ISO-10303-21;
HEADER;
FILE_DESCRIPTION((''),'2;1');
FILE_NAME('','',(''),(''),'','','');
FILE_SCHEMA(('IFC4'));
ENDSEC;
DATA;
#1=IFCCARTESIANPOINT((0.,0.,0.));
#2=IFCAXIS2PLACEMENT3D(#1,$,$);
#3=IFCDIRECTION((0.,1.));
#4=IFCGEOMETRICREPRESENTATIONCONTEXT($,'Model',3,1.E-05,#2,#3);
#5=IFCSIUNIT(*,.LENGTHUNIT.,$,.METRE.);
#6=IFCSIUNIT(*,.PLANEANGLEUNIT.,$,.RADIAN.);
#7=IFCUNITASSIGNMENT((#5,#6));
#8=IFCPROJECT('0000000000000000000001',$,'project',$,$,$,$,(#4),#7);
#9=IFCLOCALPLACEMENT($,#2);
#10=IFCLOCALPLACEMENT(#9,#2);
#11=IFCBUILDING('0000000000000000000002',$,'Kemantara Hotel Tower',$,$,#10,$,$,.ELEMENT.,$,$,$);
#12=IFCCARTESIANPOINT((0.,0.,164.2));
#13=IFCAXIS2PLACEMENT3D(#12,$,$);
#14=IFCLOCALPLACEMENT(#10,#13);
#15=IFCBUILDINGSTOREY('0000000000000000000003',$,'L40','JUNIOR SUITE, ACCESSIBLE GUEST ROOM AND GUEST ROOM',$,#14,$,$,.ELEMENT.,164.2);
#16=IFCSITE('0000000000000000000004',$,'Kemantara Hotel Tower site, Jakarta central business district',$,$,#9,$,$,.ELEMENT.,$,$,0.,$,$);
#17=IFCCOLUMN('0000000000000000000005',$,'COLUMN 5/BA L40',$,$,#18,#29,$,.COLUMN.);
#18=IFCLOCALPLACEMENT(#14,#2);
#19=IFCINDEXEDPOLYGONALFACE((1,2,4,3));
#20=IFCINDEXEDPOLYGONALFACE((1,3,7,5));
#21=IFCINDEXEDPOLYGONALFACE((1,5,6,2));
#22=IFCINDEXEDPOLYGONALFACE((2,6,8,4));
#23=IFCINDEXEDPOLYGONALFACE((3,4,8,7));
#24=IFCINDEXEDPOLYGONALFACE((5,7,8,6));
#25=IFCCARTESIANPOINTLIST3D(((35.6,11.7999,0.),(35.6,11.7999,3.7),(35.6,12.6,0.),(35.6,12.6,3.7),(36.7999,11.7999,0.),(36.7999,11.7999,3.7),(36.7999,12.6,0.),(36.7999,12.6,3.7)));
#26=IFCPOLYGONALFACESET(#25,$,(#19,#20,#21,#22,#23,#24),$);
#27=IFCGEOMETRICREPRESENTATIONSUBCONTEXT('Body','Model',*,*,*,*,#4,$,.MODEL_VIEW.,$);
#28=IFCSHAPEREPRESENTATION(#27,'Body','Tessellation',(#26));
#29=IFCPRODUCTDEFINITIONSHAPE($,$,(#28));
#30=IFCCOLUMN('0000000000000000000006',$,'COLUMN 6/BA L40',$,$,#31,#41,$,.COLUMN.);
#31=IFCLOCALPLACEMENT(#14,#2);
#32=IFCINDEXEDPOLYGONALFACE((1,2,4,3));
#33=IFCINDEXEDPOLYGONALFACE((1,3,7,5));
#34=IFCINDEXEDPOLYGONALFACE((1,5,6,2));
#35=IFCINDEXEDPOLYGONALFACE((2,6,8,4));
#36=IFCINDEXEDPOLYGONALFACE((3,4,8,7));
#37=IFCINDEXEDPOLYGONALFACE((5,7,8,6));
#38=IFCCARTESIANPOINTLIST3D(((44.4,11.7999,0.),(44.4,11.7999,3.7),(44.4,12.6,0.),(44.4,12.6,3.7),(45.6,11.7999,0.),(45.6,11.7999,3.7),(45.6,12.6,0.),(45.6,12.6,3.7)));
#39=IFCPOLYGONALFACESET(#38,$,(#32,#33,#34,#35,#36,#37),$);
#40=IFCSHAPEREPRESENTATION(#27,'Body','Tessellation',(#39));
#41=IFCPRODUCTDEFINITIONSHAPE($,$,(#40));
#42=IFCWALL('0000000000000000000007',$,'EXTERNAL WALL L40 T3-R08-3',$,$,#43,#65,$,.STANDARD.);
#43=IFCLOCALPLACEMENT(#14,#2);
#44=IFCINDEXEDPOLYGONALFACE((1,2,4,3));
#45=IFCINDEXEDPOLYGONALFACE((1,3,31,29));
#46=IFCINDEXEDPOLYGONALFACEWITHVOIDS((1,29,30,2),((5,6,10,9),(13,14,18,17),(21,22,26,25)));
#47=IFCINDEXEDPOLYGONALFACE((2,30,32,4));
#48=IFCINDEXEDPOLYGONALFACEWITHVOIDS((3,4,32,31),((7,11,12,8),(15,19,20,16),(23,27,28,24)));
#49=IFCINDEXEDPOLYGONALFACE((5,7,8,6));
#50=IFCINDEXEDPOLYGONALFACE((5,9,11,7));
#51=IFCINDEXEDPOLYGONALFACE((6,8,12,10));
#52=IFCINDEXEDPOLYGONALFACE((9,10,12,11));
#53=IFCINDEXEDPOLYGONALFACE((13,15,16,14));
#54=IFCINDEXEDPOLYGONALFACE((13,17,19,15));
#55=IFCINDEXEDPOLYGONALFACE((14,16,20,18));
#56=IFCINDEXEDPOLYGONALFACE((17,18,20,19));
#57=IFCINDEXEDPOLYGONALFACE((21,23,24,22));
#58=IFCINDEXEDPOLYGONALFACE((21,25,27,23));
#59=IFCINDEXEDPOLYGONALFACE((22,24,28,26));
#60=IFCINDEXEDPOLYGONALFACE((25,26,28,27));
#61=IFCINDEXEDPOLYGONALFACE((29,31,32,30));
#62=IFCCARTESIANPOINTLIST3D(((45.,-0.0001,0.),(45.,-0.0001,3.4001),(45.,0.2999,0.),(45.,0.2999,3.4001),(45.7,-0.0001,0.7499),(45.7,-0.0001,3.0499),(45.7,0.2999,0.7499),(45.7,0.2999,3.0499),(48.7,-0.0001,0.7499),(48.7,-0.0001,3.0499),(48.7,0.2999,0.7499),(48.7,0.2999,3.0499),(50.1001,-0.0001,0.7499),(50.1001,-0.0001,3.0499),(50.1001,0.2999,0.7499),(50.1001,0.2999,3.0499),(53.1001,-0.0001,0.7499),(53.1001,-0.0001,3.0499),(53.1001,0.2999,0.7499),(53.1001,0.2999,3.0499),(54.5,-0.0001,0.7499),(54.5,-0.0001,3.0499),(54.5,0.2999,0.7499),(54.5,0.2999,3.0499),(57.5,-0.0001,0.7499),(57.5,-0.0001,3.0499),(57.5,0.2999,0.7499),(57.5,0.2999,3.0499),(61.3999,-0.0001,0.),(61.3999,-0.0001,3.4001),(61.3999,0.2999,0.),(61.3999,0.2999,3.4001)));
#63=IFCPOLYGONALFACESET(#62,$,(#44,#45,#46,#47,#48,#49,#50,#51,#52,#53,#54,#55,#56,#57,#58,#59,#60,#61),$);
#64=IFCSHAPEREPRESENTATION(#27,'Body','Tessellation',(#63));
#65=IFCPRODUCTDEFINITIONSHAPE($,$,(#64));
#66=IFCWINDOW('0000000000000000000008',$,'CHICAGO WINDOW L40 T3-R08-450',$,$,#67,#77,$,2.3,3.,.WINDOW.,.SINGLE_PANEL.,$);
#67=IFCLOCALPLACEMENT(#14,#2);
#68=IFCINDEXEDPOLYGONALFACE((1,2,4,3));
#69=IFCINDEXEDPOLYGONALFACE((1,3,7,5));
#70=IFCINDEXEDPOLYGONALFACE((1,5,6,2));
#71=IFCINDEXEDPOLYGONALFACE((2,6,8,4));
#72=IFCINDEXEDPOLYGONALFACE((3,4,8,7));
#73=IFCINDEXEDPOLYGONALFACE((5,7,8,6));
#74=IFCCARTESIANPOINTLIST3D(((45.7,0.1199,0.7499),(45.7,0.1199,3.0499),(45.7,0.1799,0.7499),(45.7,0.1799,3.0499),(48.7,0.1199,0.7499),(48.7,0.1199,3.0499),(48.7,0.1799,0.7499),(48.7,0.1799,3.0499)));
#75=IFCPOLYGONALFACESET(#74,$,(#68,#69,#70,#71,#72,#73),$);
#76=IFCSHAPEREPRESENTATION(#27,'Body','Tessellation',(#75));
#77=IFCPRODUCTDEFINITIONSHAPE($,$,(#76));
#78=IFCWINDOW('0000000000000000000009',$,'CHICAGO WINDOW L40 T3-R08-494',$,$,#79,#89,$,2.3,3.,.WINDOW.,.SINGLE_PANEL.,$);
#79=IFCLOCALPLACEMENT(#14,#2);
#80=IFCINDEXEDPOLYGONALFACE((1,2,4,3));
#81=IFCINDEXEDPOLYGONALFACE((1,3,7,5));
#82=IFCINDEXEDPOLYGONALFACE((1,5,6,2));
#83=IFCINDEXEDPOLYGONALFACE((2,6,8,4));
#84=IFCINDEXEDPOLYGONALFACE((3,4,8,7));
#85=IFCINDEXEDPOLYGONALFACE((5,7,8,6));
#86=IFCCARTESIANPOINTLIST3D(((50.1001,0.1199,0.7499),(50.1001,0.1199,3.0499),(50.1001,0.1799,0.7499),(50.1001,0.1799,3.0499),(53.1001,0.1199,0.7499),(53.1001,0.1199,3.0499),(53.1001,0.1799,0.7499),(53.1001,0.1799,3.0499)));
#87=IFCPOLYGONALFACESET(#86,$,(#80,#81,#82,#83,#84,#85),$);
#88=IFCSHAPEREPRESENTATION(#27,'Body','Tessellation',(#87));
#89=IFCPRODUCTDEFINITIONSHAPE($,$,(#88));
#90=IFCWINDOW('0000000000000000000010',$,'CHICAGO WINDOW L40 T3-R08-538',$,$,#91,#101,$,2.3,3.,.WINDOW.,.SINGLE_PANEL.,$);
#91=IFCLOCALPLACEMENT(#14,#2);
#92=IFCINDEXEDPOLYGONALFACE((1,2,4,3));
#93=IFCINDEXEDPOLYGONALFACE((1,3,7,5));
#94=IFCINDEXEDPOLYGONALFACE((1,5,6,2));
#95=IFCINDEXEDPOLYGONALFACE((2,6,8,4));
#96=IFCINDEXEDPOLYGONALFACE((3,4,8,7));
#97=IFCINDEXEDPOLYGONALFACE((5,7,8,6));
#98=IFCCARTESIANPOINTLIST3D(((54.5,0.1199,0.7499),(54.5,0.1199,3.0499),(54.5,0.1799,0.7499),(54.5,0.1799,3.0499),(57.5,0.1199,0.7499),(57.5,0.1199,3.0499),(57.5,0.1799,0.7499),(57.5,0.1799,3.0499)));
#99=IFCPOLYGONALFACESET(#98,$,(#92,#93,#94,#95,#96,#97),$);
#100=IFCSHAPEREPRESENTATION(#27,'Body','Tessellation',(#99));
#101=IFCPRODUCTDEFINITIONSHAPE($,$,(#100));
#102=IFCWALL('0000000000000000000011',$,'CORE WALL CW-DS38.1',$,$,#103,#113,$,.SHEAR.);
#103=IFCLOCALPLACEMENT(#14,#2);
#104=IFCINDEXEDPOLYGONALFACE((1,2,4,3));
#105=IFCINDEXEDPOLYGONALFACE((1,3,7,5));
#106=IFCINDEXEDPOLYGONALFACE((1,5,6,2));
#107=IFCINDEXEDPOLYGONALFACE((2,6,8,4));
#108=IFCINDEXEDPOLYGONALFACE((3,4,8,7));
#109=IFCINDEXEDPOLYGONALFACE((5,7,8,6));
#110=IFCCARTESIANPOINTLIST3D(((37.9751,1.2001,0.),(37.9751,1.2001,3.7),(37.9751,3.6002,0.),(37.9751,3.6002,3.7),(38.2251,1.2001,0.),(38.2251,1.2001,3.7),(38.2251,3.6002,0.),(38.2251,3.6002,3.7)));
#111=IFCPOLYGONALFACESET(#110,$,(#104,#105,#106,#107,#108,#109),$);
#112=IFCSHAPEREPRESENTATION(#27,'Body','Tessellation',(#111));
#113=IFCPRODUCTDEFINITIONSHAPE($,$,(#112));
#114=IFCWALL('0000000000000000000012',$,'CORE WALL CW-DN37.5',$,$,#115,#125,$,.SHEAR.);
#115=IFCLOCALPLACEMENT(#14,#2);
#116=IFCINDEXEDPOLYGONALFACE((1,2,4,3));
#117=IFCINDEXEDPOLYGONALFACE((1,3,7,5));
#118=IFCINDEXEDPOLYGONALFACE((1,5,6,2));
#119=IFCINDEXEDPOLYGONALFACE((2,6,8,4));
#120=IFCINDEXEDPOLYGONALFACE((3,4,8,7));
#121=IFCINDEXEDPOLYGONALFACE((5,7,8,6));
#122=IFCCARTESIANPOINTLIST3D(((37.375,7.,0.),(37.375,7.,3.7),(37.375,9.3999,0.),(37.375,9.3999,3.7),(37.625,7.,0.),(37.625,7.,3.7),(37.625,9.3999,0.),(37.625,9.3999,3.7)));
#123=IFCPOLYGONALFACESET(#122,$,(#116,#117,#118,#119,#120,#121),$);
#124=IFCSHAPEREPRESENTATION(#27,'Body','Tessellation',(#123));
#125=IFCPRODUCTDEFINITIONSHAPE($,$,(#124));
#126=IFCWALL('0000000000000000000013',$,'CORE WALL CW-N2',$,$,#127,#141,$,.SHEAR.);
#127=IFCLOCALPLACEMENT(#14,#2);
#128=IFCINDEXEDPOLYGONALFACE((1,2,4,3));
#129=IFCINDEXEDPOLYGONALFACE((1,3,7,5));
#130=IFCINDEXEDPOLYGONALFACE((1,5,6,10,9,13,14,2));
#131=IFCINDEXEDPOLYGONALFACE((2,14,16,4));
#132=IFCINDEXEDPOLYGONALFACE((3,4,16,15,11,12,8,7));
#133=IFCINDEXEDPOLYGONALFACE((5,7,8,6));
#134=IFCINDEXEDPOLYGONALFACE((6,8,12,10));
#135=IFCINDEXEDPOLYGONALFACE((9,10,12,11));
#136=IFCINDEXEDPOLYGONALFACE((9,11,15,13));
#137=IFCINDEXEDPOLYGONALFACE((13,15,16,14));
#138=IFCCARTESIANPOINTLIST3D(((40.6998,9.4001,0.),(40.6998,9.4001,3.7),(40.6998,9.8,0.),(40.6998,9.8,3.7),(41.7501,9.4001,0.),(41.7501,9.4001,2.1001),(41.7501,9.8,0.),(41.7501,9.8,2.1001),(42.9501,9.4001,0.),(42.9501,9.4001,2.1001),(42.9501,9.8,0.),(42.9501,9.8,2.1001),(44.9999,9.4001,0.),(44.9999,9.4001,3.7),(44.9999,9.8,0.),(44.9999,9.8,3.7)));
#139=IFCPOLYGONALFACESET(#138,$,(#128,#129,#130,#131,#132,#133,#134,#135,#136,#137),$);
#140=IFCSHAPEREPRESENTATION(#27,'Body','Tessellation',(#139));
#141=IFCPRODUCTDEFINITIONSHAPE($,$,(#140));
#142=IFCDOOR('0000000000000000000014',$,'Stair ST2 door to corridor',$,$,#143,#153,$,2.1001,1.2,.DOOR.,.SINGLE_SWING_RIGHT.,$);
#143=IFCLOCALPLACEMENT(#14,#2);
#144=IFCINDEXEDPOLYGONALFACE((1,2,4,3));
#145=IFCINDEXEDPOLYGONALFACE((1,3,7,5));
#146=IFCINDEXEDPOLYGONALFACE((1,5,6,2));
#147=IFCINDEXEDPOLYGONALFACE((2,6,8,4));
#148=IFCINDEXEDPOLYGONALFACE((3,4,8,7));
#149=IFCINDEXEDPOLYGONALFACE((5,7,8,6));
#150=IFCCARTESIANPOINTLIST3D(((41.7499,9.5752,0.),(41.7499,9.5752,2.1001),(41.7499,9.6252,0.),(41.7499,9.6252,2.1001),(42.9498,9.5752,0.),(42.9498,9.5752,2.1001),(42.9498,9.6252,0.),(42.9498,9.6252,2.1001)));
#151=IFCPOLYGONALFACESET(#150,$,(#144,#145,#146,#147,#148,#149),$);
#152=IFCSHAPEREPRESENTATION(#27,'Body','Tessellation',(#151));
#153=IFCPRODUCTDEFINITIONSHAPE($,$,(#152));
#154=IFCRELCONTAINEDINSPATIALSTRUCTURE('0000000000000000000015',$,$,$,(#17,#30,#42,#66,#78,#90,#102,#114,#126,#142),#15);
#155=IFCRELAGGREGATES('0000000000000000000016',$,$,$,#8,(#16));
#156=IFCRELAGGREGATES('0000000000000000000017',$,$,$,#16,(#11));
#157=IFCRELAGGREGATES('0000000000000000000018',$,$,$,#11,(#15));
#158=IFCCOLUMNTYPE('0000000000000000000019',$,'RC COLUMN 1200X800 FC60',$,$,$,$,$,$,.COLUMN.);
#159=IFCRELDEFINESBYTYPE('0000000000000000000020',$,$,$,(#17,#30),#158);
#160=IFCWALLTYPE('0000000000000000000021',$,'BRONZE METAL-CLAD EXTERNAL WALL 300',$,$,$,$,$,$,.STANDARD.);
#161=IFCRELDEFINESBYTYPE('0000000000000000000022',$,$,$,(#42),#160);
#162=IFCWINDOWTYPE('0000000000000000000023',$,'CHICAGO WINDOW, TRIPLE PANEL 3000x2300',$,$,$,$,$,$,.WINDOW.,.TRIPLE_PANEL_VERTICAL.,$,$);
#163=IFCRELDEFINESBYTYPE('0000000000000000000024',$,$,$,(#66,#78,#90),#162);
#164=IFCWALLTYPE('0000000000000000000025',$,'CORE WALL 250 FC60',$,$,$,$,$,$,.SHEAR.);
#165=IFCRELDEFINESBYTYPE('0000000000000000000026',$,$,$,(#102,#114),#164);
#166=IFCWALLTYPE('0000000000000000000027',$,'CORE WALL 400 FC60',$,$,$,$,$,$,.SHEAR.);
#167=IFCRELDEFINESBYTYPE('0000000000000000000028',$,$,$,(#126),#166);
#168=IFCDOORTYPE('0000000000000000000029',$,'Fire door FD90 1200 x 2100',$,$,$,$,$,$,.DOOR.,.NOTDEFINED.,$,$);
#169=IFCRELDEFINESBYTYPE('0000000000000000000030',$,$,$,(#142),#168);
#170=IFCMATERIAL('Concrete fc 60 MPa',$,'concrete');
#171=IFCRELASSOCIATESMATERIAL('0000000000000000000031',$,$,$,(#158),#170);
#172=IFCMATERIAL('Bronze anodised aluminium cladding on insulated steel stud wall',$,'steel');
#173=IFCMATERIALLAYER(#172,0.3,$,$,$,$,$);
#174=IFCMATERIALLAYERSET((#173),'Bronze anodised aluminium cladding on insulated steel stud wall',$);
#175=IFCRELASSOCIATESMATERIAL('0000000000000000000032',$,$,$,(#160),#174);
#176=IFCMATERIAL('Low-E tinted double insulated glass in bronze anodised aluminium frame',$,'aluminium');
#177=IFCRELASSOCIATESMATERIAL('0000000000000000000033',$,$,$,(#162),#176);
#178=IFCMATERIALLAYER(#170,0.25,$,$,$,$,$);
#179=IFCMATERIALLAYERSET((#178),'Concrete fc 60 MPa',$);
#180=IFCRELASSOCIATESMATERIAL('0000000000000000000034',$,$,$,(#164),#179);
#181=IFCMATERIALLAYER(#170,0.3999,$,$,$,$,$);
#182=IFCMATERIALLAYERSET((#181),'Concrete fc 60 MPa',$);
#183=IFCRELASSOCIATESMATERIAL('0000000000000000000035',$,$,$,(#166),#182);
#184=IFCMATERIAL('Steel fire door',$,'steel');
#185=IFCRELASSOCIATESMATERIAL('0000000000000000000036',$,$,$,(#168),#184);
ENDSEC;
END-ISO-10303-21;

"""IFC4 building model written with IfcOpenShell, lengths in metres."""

from ifc_helpers import new_model, si_unit, direction, frame, frame_2d, origin, origin_2d, place, context, subcontext, project, spatial, rectangle, extrude, material, layer, layer_set, material_profile, profile_set, type_object, element, fill, save


model = new_model("IFC4")

# Units and contexts
model_context = context("Model", 3, precision=1e-05, world=origin(), true_north=direction((0.0, 1.0)))
body_context = subcontext(model_context, "Body", "Model", "MODEL_VIEW")
ifc_project = project(units=[si_unit("LENGTHUNIT", "METRE"), si_unit("PLANEANGLEUNIT", "RADIAN")], contexts=[model_context])

# Site, building, storey
site_placement = place(None, origin())
site = spatial("IfcSite", under=ifc_project, at=site_placement, Name="Kemantara Hotel Tower site, Jakarta central business district", CompositionType="ELEMENT", RefElevation=0.0)
building_placement = place(site_placement, origin())
building = spatial("IfcBuilding", under=site, at=building_placement, Name="Kemantara Hotel Tower", CompositionType="ELEMENT")
storey_placement = place(building_placement, frame((0.0, 0.0, 164.2)))
storey = spatial("IfcBuildingStorey", under=building, at=storey_placement, Name="L40", Description="JUNIOR SUITE, ACCESSIBLE GUEST ROOM AND GUEST ROOM", CompositionType="ELEMENT", Elevation=164.2)

# Columns
ifc_material_1 = material(Name="Concrete fc 60 MPa", Category="concrete")
ifc_material_profile = material_profile(ifc_material_1, rectangle(XDim=1.2, YDim=0.8, at=origin_2d()), Name="RC 1200X800")
ifc_profile_set = profile_set([ifc_material_profile], Name="Concrete fc 60 MPa")
column_type = type_object("IfcColumnType", Name="RC COLUMN 1200X800 FC60", PredefinedType="COLUMN", material=ifc_profile_set)
for number, where, z_axis, x_axis, name in (
    (1, (36.2, 12.2, 0.0), (0.0, 0.0, 1.0), (1.0, 0.0, 0.0), "COLUMN 5/BA L40"),
    (2, (45.0, 12.2, 0.0), (0.0, 0.0, 1.0), (1.0, 0.0, 0.0), "COLUMN 6/BA L40"),
):
    element("IfcColumn", number, at=place(storey_placement, frame(where, z_axis=z_axis, x_axis=x_axis)), inside=storey, type_object=column_type, Name=name, PredefinedType="COLUMN", context=body_context, shape_type="SweptSolid", body=[
        extrude(rectangle(XDim=1.2, YDim=0.8, at=origin_2d()), origin(), (0.0, 0.0, 1.0), 3.7),
    ])

# Wall, openings, windows
ifc_material_2 = material(Name="Bronze anodised aluminium cladding on insulated steel stud wall", Category="steel")
ifc_layer_1 = layer(ifc_material_2, 0.3)
ifc_layer_set_1 = layer_set([ifc_layer_1], Name="Bronze anodised aluminium cladding on insulated steel stud wall")
wall_type_1 = type_object("IfcWallType", Name="BRONZE METAL-CLAD EXTERNAL WALL 300", PredefinedType="STANDARD", material=ifc_layer_set_1)
wall_1_placement = place(storey_placement, frame((45.0, 0.1499, 0.0), z_axis=(0.0, 0.0, 1.0), x_axis=(1.0, 0.0, 0.0)))
wall_1 = element("IfcWall", 3, at=wall_1_placement, inside=storey, type_object=wall_type_1, Name="EXTERNAL WALL L40 T3-R08-3", PredefinedType="STANDARD", context=body_context, shape_type="SweptSolid", body=[
    extrude(rectangle(XDim=16.3999, YDim=0.3, at=frame_2d((8.2, 0.0))), origin(), (0.0, 0.0, 1.0), 3.4001),
])
opening_1_placement = place(wall_1_placement, frame((0.7, 0.0, 0.75)))
opening_1 = element("IfcOpeningElement", 4, at=opening_1_placement, cuts=wall_1, PredefinedType="OPENING", context=body_context, shape_type="SweptSolid", body=[
    extrude(rectangle(XDim=3.0, YDim=2.3, at=frame_2d((1.5, 1.1499))), frame((0.0, 0.1599, 0.0), z_axis=(0.0, -1.0, 0.0), x_axis=(1.0, 0.0, 0.0)), (0.0, 0.0, 1.0), 0.3201),
])
opening_2_placement = place(wall_1_placement, frame((5.1001, 0.0, 0.75)))
opening_2 = element("IfcOpeningElement", 5, at=opening_2_placement, cuts=wall_1, PredefinedType="OPENING", context=body_context, shape_type="SweptSolid", body=[
    extrude(rectangle(XDim=3.0, YDim=2.3, at=frame_2d((1.5, 1.1499))), frame((0.0, 0.1599, 0.0), z_axis=(0.0, -1.0, 0.0), x_axis=(1.0, 0.0, 0.0)), (0.0, 0.0, 1.0), 0.3201),
])
opening_3_placement = place(wall_1_placement, frame((9.5, 0.0, 0.75)))
opening_3 = element("IfcOpeningElement", 6, at=opening_3_placement, cuts=wall_1, PredefinedType="OPENING", context=body_context, shape_type="SweptSolid", body=[
    extrude(rectangle(XDim=3.0, YDim=2.3, at=frame_2d((1.5, 1.1499))), frame((0.0, 0.1599, 0.0), z_axis=(0.0, -1.0, 0.0), x_axis=(1.0, 0.0, 0.0)), (0.0, 0.0, 1.0), 0.3201),
])
ifc_material_3 = material(Name="Low-E tinted double insulated glass in bronze anodised aluminium frame", Category="aluminium")
window_type = type_object("IfcWindowType", Name="CHICAGO WINDOW, TRIPLE PANEL 3000x2300", PartitioningType="TRIPLE_PANEL_VERTICAL", PredefinedType="WINDOW", material=ifc_material_3)
window_1_placement = place(opening_1_placement, origin())
window_1 = element("IfcWindow", 7, at=window_1_placement, inside=storey, type_object=window_type, Name="CHICAGO WINDOW L40 T3-R08-450", OverallHeight=2.3, OverallWidth=3.0, PartitioningType="SINGLE_PANEL", PredefinedType="WINDOW", context=body_context, shape_type="SweptSolid", body=[
    extrude(rectangle(XDim=3.0, YDim=2.3, at=frame_2d((1.5, 1.1499))), frame((0.0, 0.03, 0.0), z_axis=(0.0, -1.0, 0.0), x_axis=(1.0, 0.0, 0.0)), (0.0, 0.0, 1.0), 0.0601),
])
fill(opening_1, window_1)
window_2_placement = place(opening_2_placement, origin())
window_2 = element("IfcWindow", 8, at=window_2_placement, inside=storey, type_object=window_type, Name="CHICAGO WINDOW L40 T3-R08-494", OverallHeight=2.3, OverallWidth=3.0, PartitioningType="SINGLE_PANEL", PredefinedType="WINDOW", context=body_context, shape_type="SweptSolid", body=[
    extrude(rectangle(XDim=3.0, YDim=2.3, at=frame_2d((1.5, 1.1499))), frame((0.0, 0.03, 0.0), z_axis=(0.0, -1.0, 0.0), x_axis=(1.0, 0.0, 0.0)), (0.0, 0.0, 1.0), 0.0601),
])
fill(opening_2, window_2)
window_3_placement = place(opening_3_placement, origin())
window_3 = element("IfcWindow", 9, at=window_3_placement, inside=storey, type_object=window_type, Name="CHICAGO WINDOW L40 T3-R08-538", OverallHeight=2.3, OverallWidth=3.0, PartitioningType="SINGLE_PANEL", PredefinedType="WINDOW", context=body_context, shape_type="SweptSolid", body=[
    extrude(rectangle(XDim=3.0, YDim=2.3, at=frame_2d((1.5, 1.1499))), frame((0.0, 0.03, 0.0), z_axis=(0.0, -1.0, 0.0), x_axis=(1.0, 0.0, 0.0)), (0.0, 0.0, 1.0), 0.0601),
])
fill(opening_3, window_3)

# Walls
ifc_layer_2 = layer(ifc_material_1, 0.25)
ifc_layer_set_2 = layer_set([ifc_layer_2], Name="Concrete fc 60 MPa")
wall_type_2 = type_object("IfcWallType", Name="CORE WALL 250 FC60", PredefinedType="SHEAR", material=ifc_layer_set_2)
wall_2_placement = place(storey_placement, frame((38.1001, 1.2, 0.0), z_axis=(0.0, 0.0, 1.0), x_axis=(0.0, 1.0, 0.0)))
element("IfcWall", 10, at=wall_2_placement, inside=storey, type_object=wall_type_2, Name="CORE WALL CW-DS38.1", PredefinedType="SHEAR", context=body_context, shape_type="SweptSolid", body=[
    extrude(rectangle(XDim=2.4001, YDim=0.25, at=frame_2d((1.2002, 0.0))), origin(), (0.0, 0.0, 1.0), 3.7),
])
wall_3_placement = place(storey_placement, frame((37.5, 7.0, 0.0), z_axis=(0.0, 0.0, 1.0), x_axis=(0.0, 1.0, 0.0)))
element("IfcWall", 11, at=wall_3_placement, inside=storey, type_object=wall_type_2, Name="CORE WALL CW-DN37.5", PredefinedType="SHEAR", context=body_context, shape_type="SweptSolid", body=[
    extrude(rectangle(XDim=2.3999, YDim=0.25, at=frame_2d((1.2, 0.0))), origin(), (0.0, 0.0, 1.0), 3.7),
])

# Wall, opening, door
ifc_layer_3 = layer(ifc_material_1, 0.3999)
ifc_layer_set_3 = layer_set([ifc_layer_3], Name="Concrete fc 60 MPa")
wall_type_3 = type_object("IfcWallType", Name="CORE WALL 400 FC60", PredefinedType="SHEAR", material=ifc_layer_set_3)
wall_4_placement = place(storey_placement, frame((40.7, 9.6001, 0.0), z_axis=(0.0, 0.0, 1.0), x_axis=(1.0, 0.0, 0.0)))
wall_4 = element("IfcWall", 12, at=wall_4_placement, inside=storey, type_object=wall_type_3, Name="CORE WALL CW-N2", PredefinedType="SHEAR", context=body_context, shape_type="SweptSolid", body=[
    extrude(rectangle(XDim=4.3, YDim=0.3999, at=frame_2d((2.1499, 0.0))), origin(), (0.0, 0.0, 1.0), 3.7),
])
opening_4_placement = place(wall_4_placement, frame((1.05, 0.0, 0.0)))
opening_4 = element("IfcOpeningElement", 13, at=opening_4_placement, cuts=wall_4, PredefinedType="OPENING", context=body_context, shape_type="SweptSolid", body=[
    extrude(rectangle(XDim=1.2, YDim=2.1001, at=frame_2d((0.6001, 1.05))), frame((0.0, 0.21, 0.0), z_axis=(0.0, -1.0, 0.0), x_axis=(1.0, 0.0, 0.0)), (0.0, 0.0, 1.0), 0.4199),
])
ifc_material_4 = material(Name="Steel fire door", Category="steel")
door_type_1 = type_object("IfcDoorType", Name="Fire door FD90 1200 x 2100", OperationType="NOTDEFINED", PredefinedType="DOOR", material=ifc_material_4)
door_1_placement = place(opening_4_placement, frame((1.2, 0.0, 0.0), z_axis=(0.0, 0.0, 1.0), x_axis=(-1.0, 0.0, 0.0)))
door_1 = element("IfcDoor", 14, at=door_1_placement, inside=storey, type_object=door_type_1, Name="Stair ST2 door to corridor", OperationType="SINGLE_SWING_RIGHT", OverallHeight=2.1001, OverallWidth=1.2, PredefinedType="DOOR", context=body_context, shape_type="SweptSolid", body=[
    extrude(rectangle(XDim=1.2, YDim=2.1001, at=frame_2d((0.6001, 1.05))), frame((0.0, 0.0249, 0.0), z_axis=(0.0, -1.0, 0.0), x_axis=(1.0, 0.0, 0.0)), (0.0, 0.0, 1.0), 0.05),
])
fill(opening_4, door_1)

save(model, "model.ifc")
